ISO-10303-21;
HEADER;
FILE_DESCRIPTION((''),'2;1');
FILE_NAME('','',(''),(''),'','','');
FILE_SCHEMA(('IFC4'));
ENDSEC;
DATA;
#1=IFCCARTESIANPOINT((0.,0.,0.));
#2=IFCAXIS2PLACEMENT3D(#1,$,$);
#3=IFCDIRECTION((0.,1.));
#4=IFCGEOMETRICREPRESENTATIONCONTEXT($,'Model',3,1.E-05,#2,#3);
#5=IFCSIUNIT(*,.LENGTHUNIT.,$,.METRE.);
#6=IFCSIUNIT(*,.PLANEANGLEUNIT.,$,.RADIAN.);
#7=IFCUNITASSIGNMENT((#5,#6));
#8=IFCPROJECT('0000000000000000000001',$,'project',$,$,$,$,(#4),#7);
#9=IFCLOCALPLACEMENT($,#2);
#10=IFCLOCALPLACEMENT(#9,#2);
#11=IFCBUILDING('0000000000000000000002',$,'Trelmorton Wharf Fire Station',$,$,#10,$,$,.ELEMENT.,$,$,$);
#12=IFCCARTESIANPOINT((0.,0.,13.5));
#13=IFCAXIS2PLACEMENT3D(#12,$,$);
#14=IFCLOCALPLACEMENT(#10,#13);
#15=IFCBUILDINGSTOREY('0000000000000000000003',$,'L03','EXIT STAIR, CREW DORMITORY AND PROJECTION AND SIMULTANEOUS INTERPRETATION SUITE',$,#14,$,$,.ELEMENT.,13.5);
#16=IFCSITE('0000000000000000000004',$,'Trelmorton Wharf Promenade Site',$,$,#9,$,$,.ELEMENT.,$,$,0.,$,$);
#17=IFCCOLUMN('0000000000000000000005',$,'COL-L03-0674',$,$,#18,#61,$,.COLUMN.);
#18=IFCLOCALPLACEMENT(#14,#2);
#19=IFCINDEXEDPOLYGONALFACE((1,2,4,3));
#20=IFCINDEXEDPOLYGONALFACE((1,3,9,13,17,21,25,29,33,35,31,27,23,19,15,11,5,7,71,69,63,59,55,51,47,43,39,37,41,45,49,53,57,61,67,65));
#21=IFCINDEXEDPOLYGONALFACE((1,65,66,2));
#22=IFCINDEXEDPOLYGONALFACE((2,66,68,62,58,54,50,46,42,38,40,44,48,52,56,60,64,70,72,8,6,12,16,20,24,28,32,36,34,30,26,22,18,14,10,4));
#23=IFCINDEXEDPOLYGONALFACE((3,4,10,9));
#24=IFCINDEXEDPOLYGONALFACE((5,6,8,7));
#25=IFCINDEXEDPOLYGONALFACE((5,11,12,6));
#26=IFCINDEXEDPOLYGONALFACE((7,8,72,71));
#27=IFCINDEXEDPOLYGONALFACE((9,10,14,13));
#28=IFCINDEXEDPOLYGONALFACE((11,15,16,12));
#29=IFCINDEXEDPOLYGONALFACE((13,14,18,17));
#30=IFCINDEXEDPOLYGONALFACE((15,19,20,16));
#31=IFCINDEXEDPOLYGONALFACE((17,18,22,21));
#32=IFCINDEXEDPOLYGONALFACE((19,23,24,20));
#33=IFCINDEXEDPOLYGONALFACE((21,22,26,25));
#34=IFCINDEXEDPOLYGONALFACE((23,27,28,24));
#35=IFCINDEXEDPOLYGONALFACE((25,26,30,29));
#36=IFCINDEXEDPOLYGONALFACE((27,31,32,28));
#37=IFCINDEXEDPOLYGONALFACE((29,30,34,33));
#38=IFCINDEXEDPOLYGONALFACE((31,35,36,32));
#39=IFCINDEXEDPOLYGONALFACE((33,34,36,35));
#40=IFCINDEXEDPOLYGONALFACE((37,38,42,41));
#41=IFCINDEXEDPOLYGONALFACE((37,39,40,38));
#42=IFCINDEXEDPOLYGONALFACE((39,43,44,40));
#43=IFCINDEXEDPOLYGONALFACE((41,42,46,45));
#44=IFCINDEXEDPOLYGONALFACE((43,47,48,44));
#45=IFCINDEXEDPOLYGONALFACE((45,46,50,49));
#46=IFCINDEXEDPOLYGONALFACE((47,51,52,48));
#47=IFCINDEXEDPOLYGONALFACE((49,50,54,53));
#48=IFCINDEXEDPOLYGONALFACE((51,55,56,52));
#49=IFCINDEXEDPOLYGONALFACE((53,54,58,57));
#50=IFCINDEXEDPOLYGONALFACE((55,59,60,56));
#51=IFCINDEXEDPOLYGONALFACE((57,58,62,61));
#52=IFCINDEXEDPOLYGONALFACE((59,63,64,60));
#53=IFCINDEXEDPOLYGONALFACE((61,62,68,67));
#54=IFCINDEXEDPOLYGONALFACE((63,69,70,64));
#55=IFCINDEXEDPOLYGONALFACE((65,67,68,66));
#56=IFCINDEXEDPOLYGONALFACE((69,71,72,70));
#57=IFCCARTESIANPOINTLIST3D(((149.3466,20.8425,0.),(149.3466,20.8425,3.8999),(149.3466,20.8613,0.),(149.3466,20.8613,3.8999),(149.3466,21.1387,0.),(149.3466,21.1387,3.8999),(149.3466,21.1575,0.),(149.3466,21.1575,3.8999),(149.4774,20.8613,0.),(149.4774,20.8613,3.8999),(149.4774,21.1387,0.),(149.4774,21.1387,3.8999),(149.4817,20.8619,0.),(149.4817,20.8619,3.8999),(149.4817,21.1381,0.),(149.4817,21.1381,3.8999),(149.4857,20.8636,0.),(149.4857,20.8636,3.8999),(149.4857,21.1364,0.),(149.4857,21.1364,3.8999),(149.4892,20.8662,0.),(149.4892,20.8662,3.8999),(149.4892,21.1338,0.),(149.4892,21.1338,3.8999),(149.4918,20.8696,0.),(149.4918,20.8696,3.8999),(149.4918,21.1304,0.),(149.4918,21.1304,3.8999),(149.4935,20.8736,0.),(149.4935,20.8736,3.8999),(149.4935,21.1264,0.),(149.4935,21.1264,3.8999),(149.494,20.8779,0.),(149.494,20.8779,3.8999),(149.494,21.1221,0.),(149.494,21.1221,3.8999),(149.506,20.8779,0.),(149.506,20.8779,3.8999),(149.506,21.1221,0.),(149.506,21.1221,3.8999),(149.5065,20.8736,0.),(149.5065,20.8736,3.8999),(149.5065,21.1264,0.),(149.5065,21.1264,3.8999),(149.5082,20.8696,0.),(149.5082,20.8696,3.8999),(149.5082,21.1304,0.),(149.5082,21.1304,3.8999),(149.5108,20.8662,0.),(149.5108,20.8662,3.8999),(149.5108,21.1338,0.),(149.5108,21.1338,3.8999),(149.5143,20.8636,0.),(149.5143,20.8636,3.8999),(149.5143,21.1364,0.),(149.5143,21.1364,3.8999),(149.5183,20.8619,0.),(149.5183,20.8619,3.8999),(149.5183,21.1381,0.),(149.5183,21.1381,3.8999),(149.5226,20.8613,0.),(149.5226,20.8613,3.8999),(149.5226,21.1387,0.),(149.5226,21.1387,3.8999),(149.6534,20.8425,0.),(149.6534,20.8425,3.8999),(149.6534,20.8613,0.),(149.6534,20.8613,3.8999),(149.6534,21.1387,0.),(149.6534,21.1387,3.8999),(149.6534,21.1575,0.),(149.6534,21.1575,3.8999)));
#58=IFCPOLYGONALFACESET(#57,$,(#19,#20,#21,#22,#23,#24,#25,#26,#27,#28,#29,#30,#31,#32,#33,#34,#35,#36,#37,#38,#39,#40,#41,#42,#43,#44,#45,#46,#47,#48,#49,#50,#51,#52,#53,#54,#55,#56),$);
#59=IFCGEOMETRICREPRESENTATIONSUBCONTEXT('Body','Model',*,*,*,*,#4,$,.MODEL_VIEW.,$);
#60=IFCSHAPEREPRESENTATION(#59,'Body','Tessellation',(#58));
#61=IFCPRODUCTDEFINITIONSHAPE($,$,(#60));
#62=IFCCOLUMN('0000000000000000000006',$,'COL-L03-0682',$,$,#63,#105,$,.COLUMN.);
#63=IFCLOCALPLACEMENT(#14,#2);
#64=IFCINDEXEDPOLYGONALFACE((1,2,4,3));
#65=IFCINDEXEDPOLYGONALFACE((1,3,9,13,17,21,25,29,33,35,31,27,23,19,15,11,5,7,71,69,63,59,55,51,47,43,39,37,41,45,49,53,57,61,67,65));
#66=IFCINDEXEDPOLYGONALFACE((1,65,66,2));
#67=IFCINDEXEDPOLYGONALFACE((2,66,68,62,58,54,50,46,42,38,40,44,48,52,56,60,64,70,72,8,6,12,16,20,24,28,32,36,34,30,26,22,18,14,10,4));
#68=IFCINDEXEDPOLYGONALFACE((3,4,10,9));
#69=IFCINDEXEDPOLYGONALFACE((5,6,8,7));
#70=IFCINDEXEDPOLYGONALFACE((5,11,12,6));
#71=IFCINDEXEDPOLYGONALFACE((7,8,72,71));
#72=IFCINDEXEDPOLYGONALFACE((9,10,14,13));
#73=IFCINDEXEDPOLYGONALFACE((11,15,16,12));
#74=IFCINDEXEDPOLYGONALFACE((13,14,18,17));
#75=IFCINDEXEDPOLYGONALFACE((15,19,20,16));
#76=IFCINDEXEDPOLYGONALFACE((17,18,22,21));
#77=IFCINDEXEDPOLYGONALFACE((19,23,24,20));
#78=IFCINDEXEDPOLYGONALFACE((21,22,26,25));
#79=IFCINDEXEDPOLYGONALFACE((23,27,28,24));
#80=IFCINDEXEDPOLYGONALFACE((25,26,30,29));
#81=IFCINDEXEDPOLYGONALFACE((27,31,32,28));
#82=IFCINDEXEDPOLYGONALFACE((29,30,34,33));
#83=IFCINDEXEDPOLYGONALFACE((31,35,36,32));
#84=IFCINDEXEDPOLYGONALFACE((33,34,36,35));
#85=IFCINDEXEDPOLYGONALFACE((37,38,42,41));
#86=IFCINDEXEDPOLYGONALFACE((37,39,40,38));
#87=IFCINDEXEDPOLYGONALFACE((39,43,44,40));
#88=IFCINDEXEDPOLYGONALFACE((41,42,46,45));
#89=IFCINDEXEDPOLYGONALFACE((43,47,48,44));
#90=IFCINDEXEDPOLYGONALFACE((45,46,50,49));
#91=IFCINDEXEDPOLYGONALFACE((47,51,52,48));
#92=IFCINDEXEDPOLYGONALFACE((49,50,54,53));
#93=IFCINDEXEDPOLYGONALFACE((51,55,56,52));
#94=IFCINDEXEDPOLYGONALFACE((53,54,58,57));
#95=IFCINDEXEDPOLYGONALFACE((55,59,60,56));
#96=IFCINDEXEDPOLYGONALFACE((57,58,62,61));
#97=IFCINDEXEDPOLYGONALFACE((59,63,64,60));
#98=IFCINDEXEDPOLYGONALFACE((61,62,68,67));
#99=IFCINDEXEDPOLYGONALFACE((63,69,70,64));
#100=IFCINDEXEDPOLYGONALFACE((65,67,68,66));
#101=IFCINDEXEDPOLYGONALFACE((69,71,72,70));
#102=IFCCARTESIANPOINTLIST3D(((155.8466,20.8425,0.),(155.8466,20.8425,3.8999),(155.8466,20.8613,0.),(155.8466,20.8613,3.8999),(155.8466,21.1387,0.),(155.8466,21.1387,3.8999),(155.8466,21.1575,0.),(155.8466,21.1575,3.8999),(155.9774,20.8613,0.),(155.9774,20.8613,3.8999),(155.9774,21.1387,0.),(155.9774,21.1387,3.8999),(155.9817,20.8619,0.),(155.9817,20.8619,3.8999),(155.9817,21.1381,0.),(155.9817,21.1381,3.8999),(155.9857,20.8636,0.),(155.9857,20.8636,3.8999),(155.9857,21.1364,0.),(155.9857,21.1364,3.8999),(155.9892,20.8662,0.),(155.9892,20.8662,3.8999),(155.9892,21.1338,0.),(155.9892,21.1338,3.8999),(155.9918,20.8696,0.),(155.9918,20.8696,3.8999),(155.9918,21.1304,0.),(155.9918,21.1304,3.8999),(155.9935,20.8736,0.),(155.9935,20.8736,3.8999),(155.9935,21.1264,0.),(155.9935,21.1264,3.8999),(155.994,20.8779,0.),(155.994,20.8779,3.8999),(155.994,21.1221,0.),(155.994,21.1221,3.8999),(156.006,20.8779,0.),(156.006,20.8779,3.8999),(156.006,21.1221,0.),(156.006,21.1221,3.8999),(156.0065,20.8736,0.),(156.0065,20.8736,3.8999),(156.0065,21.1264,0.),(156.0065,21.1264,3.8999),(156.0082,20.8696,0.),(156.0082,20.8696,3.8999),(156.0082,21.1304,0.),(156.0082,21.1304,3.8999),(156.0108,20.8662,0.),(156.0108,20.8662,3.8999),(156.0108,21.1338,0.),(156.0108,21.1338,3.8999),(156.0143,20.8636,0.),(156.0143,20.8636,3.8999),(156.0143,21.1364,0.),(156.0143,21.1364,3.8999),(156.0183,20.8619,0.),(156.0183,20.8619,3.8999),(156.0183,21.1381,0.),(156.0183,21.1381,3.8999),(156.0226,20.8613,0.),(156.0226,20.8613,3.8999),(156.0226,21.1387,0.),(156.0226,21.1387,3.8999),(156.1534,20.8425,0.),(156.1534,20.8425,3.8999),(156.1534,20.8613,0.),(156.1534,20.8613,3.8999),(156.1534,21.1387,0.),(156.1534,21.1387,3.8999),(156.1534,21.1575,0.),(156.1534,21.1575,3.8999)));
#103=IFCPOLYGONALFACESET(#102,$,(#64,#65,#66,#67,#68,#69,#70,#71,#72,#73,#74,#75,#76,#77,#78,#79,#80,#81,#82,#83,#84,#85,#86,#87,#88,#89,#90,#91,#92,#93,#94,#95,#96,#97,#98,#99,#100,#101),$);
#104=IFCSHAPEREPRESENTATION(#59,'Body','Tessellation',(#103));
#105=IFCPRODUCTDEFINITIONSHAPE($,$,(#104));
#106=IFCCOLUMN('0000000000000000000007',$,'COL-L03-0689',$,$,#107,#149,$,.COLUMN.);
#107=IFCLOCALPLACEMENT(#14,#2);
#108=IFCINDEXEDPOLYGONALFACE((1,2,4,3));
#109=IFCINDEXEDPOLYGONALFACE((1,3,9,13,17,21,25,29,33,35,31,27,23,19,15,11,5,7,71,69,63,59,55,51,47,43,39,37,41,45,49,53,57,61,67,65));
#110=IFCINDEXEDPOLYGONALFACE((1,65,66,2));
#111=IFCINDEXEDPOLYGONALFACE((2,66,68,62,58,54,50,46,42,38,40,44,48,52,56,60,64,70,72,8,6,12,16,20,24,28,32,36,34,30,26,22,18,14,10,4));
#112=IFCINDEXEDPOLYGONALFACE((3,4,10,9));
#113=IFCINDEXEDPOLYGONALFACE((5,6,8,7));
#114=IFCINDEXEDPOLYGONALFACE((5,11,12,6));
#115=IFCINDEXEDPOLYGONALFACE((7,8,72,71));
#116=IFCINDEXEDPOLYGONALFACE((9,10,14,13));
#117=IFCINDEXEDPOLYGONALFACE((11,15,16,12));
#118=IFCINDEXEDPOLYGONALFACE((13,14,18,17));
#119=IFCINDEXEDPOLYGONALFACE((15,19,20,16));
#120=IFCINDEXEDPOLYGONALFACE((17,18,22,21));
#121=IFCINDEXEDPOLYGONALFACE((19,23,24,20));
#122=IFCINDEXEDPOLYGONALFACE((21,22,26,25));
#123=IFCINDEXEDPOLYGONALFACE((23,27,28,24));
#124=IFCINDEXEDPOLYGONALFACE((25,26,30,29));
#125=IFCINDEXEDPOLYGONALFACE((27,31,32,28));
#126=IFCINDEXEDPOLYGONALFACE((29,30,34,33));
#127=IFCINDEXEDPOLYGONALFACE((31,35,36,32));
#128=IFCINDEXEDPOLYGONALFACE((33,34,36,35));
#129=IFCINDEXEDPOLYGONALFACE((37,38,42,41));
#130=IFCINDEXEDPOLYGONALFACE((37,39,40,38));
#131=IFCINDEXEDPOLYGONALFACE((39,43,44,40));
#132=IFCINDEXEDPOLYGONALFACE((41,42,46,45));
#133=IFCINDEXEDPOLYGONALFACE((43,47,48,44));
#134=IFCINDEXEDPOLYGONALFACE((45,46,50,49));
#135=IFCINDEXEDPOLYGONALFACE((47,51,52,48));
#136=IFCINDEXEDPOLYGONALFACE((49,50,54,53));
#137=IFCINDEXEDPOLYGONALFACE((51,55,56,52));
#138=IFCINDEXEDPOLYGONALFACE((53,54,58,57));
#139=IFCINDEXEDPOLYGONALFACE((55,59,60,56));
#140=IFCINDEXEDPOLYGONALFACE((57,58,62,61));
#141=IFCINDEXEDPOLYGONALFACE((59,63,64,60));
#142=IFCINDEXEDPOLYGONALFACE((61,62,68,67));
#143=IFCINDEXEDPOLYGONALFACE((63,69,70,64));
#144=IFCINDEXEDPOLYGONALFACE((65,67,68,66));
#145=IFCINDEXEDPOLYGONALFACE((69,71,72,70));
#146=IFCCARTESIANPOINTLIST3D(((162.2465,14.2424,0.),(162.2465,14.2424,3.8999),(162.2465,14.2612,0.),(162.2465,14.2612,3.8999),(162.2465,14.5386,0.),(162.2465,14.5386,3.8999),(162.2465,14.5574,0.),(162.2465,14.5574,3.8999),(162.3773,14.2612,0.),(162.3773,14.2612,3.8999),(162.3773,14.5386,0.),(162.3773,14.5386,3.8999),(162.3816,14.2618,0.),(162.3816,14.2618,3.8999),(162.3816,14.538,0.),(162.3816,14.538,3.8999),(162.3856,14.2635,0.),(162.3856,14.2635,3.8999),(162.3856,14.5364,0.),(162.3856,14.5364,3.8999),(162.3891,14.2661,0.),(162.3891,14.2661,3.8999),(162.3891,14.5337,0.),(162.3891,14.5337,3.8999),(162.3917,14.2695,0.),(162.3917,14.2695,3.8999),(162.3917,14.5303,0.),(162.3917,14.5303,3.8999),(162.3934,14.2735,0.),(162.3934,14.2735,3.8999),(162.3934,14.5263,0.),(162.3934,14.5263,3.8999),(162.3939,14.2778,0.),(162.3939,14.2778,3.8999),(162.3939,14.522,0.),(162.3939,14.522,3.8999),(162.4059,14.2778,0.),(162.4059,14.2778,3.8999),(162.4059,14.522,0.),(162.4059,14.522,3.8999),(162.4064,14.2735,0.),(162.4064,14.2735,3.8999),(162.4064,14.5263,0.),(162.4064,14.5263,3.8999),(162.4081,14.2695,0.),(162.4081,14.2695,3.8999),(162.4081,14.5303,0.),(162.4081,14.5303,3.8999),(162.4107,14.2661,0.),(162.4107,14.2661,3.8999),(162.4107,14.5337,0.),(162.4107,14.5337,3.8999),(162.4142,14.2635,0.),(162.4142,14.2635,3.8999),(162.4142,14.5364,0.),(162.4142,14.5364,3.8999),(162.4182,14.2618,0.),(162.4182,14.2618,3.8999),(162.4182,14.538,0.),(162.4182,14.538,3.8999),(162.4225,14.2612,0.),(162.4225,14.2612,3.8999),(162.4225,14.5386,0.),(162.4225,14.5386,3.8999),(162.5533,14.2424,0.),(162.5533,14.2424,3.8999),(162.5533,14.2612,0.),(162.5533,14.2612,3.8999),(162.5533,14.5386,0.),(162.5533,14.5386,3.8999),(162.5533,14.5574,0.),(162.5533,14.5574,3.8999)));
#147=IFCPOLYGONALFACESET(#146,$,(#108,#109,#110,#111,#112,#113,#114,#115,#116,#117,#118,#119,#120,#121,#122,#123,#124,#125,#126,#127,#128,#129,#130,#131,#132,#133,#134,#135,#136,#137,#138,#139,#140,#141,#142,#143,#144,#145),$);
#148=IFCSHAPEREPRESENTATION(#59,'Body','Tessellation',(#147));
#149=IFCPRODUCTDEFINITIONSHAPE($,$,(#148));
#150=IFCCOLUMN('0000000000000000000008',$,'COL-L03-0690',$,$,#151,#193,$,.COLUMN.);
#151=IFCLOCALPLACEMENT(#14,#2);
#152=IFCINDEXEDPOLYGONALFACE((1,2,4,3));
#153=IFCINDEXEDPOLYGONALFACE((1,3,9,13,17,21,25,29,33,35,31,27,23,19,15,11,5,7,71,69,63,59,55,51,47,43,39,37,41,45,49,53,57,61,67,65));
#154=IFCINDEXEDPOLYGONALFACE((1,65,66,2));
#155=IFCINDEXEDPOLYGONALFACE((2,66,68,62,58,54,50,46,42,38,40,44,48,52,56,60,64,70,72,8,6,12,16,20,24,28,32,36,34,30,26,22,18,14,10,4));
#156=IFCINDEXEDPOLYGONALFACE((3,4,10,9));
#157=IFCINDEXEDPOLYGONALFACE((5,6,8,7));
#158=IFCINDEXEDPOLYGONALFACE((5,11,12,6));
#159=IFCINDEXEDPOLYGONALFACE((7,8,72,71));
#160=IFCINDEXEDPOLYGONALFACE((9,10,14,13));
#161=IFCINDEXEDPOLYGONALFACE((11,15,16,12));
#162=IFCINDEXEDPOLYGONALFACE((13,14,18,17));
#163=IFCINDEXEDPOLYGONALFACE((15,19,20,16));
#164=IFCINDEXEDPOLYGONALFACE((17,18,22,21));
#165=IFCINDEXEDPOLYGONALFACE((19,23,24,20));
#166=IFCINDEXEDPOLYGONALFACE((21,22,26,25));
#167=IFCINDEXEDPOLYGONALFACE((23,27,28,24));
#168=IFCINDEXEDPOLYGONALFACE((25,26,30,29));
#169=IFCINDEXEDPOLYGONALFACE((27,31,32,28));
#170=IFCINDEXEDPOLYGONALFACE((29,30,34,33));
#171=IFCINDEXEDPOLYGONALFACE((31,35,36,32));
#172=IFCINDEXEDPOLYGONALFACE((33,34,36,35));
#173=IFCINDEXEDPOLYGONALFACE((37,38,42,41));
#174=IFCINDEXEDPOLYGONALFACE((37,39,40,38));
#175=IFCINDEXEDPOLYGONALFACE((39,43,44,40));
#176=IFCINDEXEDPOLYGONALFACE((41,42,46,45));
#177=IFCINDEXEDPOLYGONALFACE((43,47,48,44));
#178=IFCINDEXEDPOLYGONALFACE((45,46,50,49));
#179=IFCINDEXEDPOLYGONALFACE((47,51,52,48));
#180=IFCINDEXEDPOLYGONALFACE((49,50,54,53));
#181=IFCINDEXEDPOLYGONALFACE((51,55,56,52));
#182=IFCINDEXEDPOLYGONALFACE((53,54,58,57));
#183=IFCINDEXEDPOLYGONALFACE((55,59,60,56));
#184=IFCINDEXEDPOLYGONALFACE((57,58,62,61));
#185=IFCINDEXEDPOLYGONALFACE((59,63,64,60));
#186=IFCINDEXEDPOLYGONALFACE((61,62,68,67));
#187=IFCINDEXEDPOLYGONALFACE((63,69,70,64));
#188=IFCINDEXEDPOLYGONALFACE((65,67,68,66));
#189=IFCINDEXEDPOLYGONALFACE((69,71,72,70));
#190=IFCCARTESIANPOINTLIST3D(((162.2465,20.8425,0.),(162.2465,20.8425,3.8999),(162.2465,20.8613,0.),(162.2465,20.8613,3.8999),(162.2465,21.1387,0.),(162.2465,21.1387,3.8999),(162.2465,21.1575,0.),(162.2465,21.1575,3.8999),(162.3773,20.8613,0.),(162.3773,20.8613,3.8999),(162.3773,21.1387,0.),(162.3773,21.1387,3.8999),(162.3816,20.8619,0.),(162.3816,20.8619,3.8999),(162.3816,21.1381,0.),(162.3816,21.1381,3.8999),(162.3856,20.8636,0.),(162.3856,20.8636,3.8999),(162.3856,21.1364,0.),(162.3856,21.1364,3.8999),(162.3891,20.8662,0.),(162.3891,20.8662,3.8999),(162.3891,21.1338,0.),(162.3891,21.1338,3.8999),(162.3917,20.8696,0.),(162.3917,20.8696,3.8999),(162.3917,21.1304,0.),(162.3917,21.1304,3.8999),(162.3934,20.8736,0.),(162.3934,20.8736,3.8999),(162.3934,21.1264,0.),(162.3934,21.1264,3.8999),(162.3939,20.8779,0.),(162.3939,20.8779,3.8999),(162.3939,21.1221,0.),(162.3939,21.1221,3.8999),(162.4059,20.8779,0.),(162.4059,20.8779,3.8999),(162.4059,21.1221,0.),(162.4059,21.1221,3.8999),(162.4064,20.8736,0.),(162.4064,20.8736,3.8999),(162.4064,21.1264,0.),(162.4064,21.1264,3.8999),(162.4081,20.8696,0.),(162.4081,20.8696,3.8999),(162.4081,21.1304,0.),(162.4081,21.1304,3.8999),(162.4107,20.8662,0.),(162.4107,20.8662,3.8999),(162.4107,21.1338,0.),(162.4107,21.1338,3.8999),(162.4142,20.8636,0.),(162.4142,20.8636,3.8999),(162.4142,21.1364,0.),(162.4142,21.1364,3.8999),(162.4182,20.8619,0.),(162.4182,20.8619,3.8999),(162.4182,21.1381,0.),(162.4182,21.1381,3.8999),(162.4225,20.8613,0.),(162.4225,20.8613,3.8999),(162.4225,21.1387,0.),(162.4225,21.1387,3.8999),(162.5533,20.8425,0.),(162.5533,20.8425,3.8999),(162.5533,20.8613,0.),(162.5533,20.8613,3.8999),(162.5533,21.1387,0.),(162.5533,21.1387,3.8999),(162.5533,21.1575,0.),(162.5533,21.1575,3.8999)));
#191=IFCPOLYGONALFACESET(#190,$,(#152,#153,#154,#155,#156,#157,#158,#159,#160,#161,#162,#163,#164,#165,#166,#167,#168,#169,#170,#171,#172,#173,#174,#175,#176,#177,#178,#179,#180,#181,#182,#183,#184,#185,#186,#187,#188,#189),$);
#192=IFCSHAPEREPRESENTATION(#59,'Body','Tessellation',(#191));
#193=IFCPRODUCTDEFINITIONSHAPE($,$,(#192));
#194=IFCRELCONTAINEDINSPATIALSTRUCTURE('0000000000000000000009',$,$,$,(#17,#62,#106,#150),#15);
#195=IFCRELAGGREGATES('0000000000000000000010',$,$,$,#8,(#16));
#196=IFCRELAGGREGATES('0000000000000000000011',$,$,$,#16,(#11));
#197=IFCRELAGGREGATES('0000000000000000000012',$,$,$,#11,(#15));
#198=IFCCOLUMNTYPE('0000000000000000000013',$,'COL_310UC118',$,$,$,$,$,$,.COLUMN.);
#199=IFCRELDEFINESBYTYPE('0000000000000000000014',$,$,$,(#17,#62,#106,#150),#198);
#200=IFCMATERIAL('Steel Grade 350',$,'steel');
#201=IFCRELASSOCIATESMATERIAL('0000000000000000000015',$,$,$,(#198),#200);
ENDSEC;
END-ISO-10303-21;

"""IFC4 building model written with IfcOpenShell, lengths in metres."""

from ifc_helpers import new_model, si_unit, direction, frame, origin, origin_2d, place, context, subcontext, project, spatial, i_section, extrude, material, material_profile, profile_set, type_object, element, save


model = new_model("IFC4")

# Units and contexts
model_context = context("Model", 3, precision=1e-05, world=origin(), true_north=direction((0.0, 1.0)))
body_context = subcontext(model_context, "Body", "Model", "MODEL_VIEW")
ifc_project = project(units=[si_unit("LENGTHUNIT", "METRE"), si_unit("PLANEANGLEUNIT", "RADIAN")], contexts=[model_context])

# Site, building, storey
site_placement = place(None, origin())
site = spatial("IfcSite", under=ifc_project, at=site_placement, Name="Trelmorton Wharf Promenade Site", CompositionType="ELEMENT", RefElevation=0.0)
building_placement = place(site_placement, origin())
building = spatial("IfcBuilding", under=site, at=building_placement, Name="Trelmorton Wharf Fire Station", CompositionType="ELEMENT")
storey_placement = place(building_placement, frame((0.0, 0.0, 13.5)))
storey = spatial("IfcBuildingStorey", under=building, at=storey_placement, Name="L03", Description="EXIT STAIR, CREW DORMITORY AND PROJECTION AND SIMULTANEOUS INTERPRETATION SUITE", CompositionType="ELEMENT", Elevation=13.5)

# Columns
ifc_material_1 = material(Name="Steel Grade 350", Category="steel")
ifc_material_profile_1 = material_profile(ifc_material_1, i_section(OverallWidth=0.3069, OverallDepth=0.3149, WebThickness=0.012, FlangeThickness=0.0188, FilletRadius=0.0166, at=origin_2d()), Name="310UC118")
ifc_profile_set_1 = profile_set([ifc_material_profile_1], Name="Steel Grade 350")
column_type = type_object("IfcColumnType", Name="COL_310UC118", PredefinedType="COLUMN", material=ifc_profile_set_1)
for number, where, z_axis, x_axis, name in (
    (1, (149.5, 21.0, 0.0), (0.0, 0.0, 1.0), (1.0, 0.0, 0.0), "COL-L03-0674"),
    (2, (156.0, 21.0, 0.0), (0.0, 0.0, 1.0), (1.0, 0.0, 0.0), "COL-L03-0682"),
    (3, (162.3999, 14.3999, 0.0), (0.0, 0.0, 1.0), (1.0, 0.0, 0.0), "COL-L03-0689"),
    (4, (162.3999, 21.0, 0.0), (0.0, 0.0, 1.0), (1.0, 0.0, 0.0), "COL-L03-0690"),
):
    element("IfcColumn", number, at=place(storey_placement, frame(where, z_axis=z_axis, x_axis=x_axis)), inside=storey, type_object=column_type, Name=name, PredefinedType="COLUMN", context=body_context, shape_type="SweptSolid", body=[
        extrude(i_section(OverallWidth=0.3069, OverallDepth=0.3149, WebThickness=0.012, FlangeThickness=0.0188, FilletRadius=0.0166, at=origin_2d()), origin(), (0.0, 0.0, 1.0), 3.8999),
    ])

save(model, "model.ifc")
